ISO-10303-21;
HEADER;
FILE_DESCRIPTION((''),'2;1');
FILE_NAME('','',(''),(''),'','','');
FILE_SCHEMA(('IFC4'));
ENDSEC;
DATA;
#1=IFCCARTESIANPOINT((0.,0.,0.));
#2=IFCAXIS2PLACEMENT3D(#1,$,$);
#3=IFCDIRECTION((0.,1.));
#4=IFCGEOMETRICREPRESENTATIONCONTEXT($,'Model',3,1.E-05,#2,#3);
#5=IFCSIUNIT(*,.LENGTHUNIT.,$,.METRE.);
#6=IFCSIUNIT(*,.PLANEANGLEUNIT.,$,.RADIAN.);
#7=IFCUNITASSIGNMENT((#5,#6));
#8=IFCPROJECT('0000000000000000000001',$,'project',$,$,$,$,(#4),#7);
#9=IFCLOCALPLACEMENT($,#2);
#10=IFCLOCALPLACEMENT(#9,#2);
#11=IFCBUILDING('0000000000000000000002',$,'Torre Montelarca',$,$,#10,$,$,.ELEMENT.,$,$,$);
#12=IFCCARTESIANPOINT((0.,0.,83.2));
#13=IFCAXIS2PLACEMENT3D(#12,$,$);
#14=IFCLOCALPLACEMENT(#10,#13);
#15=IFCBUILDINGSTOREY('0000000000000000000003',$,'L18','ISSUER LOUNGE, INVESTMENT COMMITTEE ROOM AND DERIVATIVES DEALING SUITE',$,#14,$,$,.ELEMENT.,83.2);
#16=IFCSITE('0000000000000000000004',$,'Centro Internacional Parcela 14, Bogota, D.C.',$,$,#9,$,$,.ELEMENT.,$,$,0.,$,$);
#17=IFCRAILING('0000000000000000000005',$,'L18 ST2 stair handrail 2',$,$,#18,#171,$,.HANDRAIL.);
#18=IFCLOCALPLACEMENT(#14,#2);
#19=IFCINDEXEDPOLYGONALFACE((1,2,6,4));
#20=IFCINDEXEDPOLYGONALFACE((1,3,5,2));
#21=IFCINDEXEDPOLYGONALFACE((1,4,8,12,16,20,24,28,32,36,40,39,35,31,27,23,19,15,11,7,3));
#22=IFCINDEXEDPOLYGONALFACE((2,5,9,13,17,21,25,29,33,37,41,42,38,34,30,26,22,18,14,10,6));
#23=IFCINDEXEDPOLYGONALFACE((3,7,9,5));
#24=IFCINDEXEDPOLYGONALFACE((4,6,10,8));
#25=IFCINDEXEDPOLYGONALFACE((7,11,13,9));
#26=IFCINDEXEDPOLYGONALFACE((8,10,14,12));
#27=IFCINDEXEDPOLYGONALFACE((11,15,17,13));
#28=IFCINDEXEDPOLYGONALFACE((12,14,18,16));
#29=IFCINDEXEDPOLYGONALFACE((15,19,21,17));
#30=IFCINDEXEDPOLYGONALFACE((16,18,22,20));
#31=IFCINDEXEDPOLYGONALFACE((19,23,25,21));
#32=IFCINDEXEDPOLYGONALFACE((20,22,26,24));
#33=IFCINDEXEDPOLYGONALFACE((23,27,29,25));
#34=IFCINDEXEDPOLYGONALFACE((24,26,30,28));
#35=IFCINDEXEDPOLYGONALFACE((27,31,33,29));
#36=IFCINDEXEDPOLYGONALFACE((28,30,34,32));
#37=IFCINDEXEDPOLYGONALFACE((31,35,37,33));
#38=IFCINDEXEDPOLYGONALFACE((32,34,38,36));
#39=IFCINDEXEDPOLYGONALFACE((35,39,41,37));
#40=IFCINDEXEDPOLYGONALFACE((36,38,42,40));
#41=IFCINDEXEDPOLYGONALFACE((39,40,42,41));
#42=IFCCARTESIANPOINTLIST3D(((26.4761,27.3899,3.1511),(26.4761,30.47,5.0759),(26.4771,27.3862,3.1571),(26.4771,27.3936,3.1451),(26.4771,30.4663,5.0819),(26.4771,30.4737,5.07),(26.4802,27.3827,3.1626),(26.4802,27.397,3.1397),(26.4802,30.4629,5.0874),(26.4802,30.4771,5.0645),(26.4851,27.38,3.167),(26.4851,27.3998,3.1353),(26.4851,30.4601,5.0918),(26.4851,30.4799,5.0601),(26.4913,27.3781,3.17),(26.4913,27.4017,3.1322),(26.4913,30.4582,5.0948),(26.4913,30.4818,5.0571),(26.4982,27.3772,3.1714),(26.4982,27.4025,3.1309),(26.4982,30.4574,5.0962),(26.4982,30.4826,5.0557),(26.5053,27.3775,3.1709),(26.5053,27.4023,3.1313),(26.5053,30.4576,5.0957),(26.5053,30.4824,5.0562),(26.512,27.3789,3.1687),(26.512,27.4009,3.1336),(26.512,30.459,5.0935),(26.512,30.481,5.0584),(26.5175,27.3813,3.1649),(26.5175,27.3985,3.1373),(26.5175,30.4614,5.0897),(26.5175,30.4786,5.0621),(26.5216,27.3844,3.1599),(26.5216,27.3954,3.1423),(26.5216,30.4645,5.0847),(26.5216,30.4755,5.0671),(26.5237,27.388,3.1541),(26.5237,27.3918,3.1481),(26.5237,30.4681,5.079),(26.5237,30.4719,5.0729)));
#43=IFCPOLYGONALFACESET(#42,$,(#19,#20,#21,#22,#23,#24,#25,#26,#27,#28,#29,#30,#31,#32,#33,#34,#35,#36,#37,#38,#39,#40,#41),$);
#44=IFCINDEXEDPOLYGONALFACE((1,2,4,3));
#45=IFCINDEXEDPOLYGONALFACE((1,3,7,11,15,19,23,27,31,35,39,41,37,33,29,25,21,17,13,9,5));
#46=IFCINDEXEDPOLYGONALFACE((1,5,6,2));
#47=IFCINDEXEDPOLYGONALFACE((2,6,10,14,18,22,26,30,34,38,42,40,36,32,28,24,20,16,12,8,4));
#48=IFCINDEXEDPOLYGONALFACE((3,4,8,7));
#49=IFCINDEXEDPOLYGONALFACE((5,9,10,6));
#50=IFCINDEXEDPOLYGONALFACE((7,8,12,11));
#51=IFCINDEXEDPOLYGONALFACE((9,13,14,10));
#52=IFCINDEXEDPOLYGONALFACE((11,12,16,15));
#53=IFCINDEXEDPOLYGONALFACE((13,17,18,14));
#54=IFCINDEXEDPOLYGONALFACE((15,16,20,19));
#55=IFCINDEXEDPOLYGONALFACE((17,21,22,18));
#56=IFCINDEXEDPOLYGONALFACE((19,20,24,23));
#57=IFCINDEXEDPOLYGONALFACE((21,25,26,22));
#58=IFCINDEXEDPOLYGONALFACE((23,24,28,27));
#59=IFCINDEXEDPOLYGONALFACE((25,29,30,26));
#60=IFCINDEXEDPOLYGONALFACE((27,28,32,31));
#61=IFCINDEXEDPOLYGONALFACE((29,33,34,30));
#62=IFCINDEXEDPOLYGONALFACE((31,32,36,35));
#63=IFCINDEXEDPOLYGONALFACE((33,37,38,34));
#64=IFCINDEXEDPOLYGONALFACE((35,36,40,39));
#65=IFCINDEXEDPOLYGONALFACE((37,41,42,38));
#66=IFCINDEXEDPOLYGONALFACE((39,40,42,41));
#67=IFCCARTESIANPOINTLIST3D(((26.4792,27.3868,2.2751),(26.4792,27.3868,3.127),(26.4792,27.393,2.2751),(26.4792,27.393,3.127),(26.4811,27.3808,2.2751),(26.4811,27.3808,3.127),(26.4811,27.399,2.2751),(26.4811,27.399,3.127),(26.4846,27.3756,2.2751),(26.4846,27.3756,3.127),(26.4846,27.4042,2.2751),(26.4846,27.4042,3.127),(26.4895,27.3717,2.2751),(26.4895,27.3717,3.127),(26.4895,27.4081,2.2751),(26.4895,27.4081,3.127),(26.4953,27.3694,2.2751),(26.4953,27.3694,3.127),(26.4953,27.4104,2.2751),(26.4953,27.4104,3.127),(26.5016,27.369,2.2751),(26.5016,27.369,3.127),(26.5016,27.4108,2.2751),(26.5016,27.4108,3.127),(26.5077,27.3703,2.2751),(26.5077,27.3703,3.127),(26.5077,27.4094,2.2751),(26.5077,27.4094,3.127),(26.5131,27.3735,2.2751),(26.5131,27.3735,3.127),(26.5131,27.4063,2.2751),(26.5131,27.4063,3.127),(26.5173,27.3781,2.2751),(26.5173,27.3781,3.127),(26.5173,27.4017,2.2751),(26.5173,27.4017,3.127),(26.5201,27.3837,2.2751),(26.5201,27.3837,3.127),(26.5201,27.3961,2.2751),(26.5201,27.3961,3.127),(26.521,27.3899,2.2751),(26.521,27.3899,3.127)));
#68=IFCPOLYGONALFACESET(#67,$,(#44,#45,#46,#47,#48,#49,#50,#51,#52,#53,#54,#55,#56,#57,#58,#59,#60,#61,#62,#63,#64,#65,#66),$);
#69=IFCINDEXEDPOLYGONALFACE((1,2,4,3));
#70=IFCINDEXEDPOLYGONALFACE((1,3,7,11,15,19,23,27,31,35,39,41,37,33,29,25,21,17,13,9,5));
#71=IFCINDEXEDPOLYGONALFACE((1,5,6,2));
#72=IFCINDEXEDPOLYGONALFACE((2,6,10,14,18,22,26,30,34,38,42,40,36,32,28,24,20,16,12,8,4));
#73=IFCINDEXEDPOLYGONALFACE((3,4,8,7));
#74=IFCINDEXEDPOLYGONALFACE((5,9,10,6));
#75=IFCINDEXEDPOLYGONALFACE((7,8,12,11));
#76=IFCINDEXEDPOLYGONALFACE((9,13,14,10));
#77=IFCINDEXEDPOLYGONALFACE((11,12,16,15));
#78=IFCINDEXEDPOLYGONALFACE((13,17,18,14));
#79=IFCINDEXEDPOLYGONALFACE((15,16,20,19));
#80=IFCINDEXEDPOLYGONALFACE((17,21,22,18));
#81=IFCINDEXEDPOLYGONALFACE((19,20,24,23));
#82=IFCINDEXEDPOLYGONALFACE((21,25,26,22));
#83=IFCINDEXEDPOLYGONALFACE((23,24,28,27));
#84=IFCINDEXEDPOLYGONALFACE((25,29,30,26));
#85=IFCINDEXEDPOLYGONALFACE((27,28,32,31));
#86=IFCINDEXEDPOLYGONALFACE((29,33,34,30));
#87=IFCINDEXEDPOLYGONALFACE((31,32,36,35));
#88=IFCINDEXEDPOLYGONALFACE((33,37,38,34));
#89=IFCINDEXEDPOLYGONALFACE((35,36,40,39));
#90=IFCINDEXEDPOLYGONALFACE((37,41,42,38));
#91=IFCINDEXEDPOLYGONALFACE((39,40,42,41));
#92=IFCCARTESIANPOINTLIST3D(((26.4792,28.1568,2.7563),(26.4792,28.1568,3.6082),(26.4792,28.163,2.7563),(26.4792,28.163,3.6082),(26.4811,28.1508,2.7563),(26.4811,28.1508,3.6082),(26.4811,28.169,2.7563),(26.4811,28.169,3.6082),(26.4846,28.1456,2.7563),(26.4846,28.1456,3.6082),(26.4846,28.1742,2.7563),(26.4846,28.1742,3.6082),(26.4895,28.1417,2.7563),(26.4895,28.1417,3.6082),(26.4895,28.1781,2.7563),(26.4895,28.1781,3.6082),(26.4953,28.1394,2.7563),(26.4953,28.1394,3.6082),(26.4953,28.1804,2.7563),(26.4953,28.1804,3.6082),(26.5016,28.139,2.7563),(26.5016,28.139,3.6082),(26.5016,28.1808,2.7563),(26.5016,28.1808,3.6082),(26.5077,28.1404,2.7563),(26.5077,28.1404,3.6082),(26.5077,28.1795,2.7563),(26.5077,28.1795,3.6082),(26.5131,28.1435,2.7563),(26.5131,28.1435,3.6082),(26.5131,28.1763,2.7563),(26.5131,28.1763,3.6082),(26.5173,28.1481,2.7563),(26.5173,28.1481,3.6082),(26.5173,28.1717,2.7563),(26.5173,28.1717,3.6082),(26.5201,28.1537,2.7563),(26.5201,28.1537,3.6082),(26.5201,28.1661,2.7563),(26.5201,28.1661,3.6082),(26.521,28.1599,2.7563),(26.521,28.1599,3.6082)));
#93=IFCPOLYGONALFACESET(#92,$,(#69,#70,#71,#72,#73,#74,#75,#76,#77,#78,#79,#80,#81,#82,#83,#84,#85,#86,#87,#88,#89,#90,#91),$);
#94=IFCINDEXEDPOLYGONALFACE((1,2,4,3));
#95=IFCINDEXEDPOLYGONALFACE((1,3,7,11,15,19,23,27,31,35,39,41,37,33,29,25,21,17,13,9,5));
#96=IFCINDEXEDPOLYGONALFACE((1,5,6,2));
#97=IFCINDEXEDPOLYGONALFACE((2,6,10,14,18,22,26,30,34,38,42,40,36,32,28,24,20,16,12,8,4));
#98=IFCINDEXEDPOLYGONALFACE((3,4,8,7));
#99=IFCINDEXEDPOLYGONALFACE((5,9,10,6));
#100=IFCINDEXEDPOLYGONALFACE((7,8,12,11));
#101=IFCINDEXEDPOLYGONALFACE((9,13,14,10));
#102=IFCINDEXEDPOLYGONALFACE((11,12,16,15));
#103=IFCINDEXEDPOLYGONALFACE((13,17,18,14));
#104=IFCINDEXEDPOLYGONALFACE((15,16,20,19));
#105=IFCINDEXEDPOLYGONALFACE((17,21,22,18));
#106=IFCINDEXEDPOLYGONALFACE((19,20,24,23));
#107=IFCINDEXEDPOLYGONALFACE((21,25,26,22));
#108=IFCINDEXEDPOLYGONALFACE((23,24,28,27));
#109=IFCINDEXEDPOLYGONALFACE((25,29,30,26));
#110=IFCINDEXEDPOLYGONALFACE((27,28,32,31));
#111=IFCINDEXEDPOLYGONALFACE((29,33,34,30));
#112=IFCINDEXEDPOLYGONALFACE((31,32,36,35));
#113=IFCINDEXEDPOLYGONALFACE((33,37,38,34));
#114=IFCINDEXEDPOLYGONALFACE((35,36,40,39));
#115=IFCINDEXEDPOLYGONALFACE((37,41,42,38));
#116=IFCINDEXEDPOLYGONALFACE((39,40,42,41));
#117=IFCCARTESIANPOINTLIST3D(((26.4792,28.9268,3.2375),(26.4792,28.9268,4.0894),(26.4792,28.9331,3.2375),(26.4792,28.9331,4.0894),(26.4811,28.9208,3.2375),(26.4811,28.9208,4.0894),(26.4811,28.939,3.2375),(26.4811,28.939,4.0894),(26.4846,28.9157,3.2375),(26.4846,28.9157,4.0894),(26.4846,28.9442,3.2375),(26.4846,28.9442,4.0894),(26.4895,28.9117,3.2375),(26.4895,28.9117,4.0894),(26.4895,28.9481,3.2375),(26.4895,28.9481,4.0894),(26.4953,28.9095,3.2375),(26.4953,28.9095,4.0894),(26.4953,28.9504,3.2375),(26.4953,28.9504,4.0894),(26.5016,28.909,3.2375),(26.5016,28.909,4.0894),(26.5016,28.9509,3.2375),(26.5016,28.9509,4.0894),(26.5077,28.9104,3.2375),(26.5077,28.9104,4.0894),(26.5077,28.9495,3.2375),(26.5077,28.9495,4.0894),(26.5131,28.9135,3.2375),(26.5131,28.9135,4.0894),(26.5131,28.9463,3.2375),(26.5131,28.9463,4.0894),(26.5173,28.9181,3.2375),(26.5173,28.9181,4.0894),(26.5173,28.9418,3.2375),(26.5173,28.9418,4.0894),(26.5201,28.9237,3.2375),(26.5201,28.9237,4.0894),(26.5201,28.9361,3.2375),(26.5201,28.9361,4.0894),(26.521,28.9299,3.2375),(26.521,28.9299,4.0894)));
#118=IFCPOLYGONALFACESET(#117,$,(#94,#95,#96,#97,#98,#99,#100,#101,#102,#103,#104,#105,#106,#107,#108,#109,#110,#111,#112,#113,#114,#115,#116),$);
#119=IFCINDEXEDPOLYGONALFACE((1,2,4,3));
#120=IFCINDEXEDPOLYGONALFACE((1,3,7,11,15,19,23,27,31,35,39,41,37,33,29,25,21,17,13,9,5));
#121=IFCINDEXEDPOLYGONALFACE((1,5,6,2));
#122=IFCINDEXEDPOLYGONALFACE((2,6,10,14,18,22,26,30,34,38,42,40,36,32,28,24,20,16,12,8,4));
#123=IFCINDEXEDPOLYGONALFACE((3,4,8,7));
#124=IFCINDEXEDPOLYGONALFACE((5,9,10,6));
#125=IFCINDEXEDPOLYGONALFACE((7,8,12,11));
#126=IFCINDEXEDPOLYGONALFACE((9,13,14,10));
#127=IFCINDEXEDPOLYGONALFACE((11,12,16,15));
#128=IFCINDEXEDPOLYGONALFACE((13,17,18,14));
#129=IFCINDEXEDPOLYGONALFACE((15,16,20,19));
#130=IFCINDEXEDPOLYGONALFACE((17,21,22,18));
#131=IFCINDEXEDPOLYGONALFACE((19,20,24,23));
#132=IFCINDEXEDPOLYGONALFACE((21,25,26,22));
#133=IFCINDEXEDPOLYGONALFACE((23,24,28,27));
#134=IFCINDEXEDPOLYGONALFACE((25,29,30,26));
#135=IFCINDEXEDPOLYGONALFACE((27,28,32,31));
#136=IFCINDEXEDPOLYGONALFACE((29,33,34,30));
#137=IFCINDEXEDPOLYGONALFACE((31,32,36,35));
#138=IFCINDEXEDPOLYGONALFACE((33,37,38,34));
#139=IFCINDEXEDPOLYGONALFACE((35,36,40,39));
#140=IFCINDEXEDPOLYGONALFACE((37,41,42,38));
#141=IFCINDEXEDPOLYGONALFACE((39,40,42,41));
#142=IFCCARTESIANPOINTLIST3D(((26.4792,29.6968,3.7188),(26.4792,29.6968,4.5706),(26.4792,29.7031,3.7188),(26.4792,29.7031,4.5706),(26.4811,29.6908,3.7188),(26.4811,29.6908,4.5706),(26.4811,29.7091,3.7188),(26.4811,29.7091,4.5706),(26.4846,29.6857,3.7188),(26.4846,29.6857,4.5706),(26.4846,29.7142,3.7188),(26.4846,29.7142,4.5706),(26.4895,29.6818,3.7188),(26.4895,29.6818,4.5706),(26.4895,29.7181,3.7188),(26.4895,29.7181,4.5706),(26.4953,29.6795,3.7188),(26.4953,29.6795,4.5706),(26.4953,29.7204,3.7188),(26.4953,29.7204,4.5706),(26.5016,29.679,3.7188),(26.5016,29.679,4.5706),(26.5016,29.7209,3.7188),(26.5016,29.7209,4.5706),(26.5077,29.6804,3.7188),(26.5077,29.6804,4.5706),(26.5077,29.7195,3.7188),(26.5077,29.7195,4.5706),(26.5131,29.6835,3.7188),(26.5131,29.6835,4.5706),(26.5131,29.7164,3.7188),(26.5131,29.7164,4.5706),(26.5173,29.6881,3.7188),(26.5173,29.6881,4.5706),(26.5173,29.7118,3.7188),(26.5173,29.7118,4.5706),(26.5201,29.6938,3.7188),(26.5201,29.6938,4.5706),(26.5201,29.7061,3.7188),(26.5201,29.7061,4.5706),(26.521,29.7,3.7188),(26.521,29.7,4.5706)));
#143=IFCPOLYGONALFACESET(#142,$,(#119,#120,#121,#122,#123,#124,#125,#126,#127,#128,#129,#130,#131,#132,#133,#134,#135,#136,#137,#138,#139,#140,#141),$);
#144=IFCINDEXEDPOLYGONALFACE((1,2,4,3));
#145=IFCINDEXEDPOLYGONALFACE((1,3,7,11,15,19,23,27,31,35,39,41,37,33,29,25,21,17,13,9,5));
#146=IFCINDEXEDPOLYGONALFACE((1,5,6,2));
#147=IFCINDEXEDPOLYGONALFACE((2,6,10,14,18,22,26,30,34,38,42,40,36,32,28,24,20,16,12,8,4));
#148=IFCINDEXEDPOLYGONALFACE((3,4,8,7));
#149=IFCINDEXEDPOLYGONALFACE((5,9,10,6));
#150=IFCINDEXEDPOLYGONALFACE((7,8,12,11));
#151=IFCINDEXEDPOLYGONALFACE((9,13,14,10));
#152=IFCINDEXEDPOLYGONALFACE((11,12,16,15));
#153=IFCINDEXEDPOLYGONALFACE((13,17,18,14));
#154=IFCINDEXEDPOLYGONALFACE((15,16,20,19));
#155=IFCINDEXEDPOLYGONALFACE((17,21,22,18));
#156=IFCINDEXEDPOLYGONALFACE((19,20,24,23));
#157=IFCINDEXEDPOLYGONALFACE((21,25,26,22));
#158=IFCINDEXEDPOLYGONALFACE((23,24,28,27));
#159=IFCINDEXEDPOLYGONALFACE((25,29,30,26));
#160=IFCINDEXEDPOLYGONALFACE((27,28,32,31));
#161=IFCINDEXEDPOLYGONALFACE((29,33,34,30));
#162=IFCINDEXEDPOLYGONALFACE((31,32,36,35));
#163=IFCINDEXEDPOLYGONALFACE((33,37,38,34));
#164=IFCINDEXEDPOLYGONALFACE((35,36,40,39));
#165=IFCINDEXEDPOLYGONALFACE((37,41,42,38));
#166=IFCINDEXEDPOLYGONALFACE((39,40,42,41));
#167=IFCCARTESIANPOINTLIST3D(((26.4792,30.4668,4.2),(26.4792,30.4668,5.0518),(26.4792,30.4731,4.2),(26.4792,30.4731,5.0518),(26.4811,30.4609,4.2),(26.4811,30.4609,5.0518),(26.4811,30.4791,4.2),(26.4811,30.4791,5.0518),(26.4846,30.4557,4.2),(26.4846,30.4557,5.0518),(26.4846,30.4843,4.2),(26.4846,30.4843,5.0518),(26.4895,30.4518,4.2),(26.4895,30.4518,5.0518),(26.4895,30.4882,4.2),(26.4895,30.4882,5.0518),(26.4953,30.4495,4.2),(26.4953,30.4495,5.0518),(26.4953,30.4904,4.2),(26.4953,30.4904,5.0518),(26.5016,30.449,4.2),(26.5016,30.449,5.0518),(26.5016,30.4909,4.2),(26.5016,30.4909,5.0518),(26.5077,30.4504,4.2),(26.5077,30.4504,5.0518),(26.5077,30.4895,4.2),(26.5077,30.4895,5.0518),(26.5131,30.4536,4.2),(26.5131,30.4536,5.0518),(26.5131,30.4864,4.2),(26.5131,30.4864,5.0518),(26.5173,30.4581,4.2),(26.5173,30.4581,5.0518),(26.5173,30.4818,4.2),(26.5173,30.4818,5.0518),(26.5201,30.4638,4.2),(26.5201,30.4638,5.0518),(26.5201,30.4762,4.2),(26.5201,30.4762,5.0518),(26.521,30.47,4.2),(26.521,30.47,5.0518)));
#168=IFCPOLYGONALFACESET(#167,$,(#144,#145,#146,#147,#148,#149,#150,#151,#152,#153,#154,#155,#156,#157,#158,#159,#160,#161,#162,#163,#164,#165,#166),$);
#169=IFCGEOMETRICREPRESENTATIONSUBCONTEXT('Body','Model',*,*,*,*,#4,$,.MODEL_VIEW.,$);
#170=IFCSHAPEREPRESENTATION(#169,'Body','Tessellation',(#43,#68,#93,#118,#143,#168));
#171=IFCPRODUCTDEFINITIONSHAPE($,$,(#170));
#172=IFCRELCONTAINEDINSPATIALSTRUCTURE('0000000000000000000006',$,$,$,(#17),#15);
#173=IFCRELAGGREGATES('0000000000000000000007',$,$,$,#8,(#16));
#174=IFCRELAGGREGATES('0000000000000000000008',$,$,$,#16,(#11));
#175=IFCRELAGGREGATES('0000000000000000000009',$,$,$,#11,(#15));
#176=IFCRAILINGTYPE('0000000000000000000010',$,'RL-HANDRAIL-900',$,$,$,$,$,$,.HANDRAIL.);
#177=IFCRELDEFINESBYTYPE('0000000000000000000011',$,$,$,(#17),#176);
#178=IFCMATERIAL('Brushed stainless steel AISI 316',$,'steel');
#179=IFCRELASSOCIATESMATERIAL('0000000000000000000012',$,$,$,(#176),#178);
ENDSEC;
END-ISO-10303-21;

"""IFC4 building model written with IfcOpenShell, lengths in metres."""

from ifc_helpers import new_model, si_unit, direction, frame, origin, origin_2d, place, context, subcontext, project, spatial, circle, extrude, material, type_object, element, save


model = new_model("IFC4")

# Units and contexts
model_context = context("Model", 3, precision=1e-05, world=origin(), true_north=direction((0.0, 1.0)))
body_context = subcontext(model_context, "Body", "Model", "MODEL_VIEW")
ifc_project = project(units=[si_unit("LENGTHUNIT", "METRE"), si_unit("PLANEANGLEUNIT", "RADIAN")], contexts=[model_context])

# Site, building, storey
site_placement = place(None, origin())
site = spatial("IfcSite", under=ifc_project, at=site_placement, Name="Centro Internacional Parcela 14, Bogota, D.C.", CompositionType="ELEMENT", RefElevation=0.0)
building_placement = place(site_placement, origin())
building = spatial("IfcBuilding", under=site, at=building_placement, Name="Torre Montelarca", CompositionType="ELEMENT")
storey_placement = place(building_placement, frame((0.0, 0.0, 83.2)))
storey = spatial("IfcBuildingStorey", under=building, at=storey_placement, Name="L18", Description="ISSUER LOUNGE, INVESTMENT COMMITTEE ROOM AND DERIVATIVES DEALING SUITE", CompositionType="ELEMENT", Elevation=83.2)

# Railing
ifc_material_1 = material(Name="Brushed stainless steel AISI 316", Category="steel")
railing_type_1 = type_object("IfcRailingType", Name="RL-HANDRAIL-900", PredefinedType="HANDRAIL", material=ifc_material_1)
railing_1_placement = place(storey_placement, frame((26.5, 27.3899, 2.2751)))
element("IfcRailing", 1, at=railing_1_placement, inside=storey, type_object=railing_type_1, Name="L18 ST2 stair handrail 2", PredefinedType="HANDRAIL", context=body_context, shape_type="SweptSolid", body=[
    extrude(circle(Radius=0.0239, at=origin_2d()), frame((0.0, 0.0, 0.876), z_axis=(0.0, 0.848029, 0.529951), x_axis=(-1.0, 0.0, 0.0)), (0.0, 0.0, 1.0), 3.6321),
    extrude(circle(Radius=0.021, at=origin_2d()), origin(), (0.0, 0.0, 1.0), 0.8518),
    extrude(circle(Radius=0.021, at=origin_2d()), frame((0.0, 0.77, 0.4812)), (0.0, 0.0, 1.0), 0.8518),
    extrude(circle(Radius=0.021, at=origin_2d()), frame((0.0, 1.54, 0.9624)), (0.0, 0.0, 1.0), 0.8518),
    extrude(circle(Radius=0.021, at=origin_2d()), frame((0.0, 2.3101, 1.4436)), (0.0, 0.0, 1.0), 0.8518),
    extrude(circle(Radius=0.021, at=origin_2d()), frame((0.0, 3.0801, 1.9248)), (0.0, 0.0, 1.0), 0.8518),
])

save(model, "model.ifc")
